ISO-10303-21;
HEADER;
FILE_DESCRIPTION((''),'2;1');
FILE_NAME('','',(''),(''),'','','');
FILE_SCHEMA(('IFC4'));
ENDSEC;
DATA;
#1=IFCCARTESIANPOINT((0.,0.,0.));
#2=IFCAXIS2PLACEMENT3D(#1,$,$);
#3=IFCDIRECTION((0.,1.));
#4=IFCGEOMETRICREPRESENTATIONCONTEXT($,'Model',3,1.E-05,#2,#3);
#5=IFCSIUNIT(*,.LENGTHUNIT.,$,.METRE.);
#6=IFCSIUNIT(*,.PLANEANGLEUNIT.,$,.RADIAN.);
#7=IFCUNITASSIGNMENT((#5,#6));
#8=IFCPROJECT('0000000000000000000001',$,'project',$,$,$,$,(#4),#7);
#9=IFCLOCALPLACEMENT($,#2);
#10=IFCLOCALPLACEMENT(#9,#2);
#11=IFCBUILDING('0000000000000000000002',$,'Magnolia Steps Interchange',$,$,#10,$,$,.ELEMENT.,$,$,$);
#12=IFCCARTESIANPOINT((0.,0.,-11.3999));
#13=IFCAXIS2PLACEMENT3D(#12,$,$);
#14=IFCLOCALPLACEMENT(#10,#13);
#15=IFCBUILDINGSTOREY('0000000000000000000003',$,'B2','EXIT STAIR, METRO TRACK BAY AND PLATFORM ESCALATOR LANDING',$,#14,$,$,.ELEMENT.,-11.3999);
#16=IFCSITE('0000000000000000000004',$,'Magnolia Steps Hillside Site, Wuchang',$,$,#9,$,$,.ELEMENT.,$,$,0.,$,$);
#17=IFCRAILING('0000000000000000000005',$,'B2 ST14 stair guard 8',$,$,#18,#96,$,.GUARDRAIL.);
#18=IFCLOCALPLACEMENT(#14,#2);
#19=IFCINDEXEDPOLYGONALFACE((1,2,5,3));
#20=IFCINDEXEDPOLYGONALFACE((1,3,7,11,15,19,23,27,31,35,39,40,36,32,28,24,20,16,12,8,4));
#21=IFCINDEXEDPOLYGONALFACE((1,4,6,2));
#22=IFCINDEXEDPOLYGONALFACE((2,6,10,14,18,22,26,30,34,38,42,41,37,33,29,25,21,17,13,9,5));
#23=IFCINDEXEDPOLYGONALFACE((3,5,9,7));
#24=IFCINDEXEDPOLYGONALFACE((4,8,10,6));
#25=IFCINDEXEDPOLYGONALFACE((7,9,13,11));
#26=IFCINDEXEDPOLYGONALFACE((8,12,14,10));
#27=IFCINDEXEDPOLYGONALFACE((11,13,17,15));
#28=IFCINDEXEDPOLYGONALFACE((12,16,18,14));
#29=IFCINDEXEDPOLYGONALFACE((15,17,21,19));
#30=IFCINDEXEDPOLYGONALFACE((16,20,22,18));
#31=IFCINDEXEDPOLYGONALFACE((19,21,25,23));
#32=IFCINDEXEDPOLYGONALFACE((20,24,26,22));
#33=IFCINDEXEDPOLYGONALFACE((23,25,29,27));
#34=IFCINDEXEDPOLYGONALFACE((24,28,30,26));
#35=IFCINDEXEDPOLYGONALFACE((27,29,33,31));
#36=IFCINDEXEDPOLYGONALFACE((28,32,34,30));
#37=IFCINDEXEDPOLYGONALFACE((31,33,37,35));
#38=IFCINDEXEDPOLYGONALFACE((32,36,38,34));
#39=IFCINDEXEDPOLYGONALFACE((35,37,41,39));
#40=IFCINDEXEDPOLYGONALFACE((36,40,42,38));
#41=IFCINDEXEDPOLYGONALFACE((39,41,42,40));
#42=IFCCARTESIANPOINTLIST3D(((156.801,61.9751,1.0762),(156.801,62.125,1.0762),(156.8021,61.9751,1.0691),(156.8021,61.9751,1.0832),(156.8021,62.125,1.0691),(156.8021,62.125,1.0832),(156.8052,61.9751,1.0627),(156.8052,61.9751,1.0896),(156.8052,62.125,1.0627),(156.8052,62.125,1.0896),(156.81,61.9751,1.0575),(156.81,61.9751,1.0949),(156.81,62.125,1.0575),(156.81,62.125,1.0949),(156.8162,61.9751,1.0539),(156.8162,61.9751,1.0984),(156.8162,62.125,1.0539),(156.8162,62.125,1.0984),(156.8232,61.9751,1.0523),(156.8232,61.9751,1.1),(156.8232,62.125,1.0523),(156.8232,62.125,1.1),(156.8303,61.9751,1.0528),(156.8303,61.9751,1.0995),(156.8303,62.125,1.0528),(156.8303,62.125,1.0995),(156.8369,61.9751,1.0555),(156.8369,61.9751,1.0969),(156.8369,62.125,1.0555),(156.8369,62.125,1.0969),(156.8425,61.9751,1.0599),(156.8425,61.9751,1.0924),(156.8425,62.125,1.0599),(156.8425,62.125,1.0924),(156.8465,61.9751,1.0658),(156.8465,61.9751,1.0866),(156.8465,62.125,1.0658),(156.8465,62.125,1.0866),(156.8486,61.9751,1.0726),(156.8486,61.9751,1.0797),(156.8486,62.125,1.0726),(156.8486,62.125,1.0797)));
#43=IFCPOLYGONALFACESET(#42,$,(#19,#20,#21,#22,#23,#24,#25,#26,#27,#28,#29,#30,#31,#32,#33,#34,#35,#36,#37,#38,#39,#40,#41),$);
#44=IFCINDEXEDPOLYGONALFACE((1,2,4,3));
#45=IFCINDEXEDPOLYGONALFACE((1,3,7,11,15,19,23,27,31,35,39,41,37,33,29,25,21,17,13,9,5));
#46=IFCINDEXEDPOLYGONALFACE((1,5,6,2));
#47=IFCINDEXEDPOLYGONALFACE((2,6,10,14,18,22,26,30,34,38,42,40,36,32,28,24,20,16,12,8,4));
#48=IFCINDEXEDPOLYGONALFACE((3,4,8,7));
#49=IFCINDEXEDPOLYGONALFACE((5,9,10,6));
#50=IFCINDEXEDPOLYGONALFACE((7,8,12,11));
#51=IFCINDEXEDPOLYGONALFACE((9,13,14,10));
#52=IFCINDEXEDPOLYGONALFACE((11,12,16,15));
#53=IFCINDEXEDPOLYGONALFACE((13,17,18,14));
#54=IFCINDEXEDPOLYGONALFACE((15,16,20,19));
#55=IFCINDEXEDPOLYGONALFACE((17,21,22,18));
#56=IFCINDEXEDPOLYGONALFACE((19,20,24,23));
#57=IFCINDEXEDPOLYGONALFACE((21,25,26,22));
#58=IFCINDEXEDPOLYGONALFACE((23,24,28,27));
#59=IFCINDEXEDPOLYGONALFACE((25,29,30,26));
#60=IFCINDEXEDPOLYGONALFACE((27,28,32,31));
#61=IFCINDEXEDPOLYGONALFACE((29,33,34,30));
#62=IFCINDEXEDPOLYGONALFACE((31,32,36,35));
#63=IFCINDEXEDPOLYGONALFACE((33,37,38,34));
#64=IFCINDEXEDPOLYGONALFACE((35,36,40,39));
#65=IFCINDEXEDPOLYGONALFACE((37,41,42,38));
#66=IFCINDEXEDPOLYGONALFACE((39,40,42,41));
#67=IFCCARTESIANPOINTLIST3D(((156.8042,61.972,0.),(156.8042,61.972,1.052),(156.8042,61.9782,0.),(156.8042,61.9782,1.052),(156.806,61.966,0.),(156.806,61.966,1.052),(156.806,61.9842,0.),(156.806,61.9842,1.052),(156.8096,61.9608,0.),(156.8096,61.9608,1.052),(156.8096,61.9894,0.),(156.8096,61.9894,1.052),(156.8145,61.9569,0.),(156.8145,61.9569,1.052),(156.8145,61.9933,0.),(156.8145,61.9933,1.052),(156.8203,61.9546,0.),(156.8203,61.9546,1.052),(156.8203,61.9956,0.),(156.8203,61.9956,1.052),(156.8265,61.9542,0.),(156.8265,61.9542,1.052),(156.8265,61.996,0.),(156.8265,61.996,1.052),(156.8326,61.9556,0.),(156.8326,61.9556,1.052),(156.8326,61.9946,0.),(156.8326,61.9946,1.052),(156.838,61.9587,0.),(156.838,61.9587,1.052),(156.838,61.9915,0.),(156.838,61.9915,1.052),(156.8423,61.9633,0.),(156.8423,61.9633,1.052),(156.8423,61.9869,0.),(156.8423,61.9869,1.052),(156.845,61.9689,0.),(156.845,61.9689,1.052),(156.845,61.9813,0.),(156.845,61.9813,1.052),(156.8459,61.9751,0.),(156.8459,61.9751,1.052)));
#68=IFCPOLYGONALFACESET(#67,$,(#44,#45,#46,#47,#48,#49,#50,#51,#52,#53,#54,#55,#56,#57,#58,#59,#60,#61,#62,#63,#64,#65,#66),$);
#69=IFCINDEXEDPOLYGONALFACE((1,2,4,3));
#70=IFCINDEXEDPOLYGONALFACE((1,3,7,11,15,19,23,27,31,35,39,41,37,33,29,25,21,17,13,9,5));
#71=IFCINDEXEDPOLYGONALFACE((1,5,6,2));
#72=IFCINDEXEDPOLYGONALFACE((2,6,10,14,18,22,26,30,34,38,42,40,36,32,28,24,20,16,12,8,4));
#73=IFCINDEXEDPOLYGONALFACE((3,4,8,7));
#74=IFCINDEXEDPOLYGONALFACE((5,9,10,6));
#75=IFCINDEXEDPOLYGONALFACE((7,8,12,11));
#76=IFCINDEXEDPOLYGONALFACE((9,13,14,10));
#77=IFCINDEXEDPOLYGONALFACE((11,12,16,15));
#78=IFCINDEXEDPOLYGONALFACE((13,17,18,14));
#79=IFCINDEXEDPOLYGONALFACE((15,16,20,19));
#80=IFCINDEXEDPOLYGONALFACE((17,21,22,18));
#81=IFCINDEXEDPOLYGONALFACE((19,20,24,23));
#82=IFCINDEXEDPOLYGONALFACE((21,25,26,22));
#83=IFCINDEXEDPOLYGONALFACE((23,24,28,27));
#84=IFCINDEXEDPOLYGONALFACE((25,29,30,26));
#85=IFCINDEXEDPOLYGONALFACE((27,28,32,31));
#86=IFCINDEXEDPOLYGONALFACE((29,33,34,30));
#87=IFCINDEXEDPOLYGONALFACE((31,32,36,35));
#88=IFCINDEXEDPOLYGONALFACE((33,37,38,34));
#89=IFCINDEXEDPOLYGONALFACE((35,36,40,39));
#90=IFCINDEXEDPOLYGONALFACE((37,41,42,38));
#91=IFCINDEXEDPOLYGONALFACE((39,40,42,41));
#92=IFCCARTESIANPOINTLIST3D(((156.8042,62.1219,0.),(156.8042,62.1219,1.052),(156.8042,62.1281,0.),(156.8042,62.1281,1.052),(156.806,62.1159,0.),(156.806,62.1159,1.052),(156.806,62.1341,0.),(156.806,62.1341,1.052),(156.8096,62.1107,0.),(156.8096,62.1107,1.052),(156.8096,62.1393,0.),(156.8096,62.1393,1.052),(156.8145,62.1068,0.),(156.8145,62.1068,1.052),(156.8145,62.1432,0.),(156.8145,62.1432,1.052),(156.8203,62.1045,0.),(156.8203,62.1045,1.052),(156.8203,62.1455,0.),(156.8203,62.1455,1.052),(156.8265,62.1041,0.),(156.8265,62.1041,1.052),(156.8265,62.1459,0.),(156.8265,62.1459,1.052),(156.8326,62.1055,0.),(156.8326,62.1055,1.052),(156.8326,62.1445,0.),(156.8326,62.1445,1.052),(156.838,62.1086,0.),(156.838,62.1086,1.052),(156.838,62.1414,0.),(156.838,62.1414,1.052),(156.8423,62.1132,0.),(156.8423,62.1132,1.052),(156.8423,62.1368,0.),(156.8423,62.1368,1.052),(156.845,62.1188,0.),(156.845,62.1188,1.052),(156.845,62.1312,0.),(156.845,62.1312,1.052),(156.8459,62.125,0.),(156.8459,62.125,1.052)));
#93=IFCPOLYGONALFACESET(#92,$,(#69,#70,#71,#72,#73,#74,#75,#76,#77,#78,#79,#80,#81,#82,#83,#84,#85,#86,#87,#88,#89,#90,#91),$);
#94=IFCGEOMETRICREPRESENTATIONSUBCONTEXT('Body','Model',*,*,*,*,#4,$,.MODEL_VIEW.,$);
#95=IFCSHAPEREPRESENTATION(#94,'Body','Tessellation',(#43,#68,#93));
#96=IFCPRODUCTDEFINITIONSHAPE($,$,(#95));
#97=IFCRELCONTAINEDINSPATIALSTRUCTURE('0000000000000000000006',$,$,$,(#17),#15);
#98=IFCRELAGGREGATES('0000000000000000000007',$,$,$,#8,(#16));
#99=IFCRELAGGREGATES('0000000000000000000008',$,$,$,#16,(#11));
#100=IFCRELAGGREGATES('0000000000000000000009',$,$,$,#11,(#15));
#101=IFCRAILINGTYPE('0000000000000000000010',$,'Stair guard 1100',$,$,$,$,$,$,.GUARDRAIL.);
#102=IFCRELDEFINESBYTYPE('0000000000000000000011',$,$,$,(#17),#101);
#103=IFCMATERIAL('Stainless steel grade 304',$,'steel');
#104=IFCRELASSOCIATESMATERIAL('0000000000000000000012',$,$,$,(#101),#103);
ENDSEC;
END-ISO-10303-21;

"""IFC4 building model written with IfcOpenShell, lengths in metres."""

from ifc_helpers import new_model, si_unit, direction, frame, origin, origin_2d, place, context, subcontext, project, spatial, circle, extrude, material, type_object, element, save


model = new_model("IFC4")

# Units and contexts
model_context = context("Model", 3, precision=1e-05, world=origin(), true_north=direction((0.0, 1.0)))
body_context = subcontext(model_context, "Body", "Model", "MODEL_VIEW")
ifc_project = project(units=[si_unit("LENGTHUNIT", "METRE"), si_unit("PLANEANGLEUNIT", "RADIAN")], contexts=[model_context])

# Site, building, storey
site_placement = place(None, origin())
site = spatial("IfcSite", under=ifc_project, at=site_placement, Name="Magnolia Steps Hillside Site, Wuchang", CompositionType="ELEMENT", RefElevation=0.0)
building_placement = place(site_placement, origin())
building = spatial("IfcBuilding", under=site, at=building_placement, Name="Magnolia Steps Interchange", CompositionType="ELEMENT")
storey_placement = place(building_placement, frame((0.0, 0.0, -11.3999)))
storey = spatial("IfcBuildingStorey", under=building, at=storey_placement, Name="B2", Description="EXIT STAIR, METRO TRACK BAY AND PLATFORM ESCALATOR LANDING", CompositionType="ELEMENT", Elevation=-11.3999)

# Railing
ifc_material_1 = material(Name="Stainless steel grade 304", Category="steel")
railing_type_1 = type_object("IfcRailingType", Name="Stair guard 1100", PredefinedType="GUARDRAIL", material=ifc_material_1)
railing_1_placement = place(storey_placement, frame((156.825, 61.9751, 0.0)))
element("IfcRailing", 1, at=railing_1_placement, inside=storey, type_object=railing_type_1, Name="B2 ST14 stair guard 8", PredefinedType="GUARDRAIL", context=body_context, shape_type="SweptSolid", body=[
    extrude(circle(Radius=0.0239, at=origin_2d()), frame((0.0, 0.0, 1.0762), z_axis=(0.0, 1.0, 0.0), x_axis=(-1.0, 0.0, 0.0)), (0.0, 0.0, 1.0), 0.1499),
    extrude(circle(Radius=0.021, at=origin_2d()), origin(), (0.0, 0.0, 1.0), 1.052),
    extrude(circle(Radius=0.021, at=origin_2d()), frame((0.0, 0.1499, 0.0)), (0.0, 0.0, 1.0), 1.052),
])

save(model, "model.ifc")
